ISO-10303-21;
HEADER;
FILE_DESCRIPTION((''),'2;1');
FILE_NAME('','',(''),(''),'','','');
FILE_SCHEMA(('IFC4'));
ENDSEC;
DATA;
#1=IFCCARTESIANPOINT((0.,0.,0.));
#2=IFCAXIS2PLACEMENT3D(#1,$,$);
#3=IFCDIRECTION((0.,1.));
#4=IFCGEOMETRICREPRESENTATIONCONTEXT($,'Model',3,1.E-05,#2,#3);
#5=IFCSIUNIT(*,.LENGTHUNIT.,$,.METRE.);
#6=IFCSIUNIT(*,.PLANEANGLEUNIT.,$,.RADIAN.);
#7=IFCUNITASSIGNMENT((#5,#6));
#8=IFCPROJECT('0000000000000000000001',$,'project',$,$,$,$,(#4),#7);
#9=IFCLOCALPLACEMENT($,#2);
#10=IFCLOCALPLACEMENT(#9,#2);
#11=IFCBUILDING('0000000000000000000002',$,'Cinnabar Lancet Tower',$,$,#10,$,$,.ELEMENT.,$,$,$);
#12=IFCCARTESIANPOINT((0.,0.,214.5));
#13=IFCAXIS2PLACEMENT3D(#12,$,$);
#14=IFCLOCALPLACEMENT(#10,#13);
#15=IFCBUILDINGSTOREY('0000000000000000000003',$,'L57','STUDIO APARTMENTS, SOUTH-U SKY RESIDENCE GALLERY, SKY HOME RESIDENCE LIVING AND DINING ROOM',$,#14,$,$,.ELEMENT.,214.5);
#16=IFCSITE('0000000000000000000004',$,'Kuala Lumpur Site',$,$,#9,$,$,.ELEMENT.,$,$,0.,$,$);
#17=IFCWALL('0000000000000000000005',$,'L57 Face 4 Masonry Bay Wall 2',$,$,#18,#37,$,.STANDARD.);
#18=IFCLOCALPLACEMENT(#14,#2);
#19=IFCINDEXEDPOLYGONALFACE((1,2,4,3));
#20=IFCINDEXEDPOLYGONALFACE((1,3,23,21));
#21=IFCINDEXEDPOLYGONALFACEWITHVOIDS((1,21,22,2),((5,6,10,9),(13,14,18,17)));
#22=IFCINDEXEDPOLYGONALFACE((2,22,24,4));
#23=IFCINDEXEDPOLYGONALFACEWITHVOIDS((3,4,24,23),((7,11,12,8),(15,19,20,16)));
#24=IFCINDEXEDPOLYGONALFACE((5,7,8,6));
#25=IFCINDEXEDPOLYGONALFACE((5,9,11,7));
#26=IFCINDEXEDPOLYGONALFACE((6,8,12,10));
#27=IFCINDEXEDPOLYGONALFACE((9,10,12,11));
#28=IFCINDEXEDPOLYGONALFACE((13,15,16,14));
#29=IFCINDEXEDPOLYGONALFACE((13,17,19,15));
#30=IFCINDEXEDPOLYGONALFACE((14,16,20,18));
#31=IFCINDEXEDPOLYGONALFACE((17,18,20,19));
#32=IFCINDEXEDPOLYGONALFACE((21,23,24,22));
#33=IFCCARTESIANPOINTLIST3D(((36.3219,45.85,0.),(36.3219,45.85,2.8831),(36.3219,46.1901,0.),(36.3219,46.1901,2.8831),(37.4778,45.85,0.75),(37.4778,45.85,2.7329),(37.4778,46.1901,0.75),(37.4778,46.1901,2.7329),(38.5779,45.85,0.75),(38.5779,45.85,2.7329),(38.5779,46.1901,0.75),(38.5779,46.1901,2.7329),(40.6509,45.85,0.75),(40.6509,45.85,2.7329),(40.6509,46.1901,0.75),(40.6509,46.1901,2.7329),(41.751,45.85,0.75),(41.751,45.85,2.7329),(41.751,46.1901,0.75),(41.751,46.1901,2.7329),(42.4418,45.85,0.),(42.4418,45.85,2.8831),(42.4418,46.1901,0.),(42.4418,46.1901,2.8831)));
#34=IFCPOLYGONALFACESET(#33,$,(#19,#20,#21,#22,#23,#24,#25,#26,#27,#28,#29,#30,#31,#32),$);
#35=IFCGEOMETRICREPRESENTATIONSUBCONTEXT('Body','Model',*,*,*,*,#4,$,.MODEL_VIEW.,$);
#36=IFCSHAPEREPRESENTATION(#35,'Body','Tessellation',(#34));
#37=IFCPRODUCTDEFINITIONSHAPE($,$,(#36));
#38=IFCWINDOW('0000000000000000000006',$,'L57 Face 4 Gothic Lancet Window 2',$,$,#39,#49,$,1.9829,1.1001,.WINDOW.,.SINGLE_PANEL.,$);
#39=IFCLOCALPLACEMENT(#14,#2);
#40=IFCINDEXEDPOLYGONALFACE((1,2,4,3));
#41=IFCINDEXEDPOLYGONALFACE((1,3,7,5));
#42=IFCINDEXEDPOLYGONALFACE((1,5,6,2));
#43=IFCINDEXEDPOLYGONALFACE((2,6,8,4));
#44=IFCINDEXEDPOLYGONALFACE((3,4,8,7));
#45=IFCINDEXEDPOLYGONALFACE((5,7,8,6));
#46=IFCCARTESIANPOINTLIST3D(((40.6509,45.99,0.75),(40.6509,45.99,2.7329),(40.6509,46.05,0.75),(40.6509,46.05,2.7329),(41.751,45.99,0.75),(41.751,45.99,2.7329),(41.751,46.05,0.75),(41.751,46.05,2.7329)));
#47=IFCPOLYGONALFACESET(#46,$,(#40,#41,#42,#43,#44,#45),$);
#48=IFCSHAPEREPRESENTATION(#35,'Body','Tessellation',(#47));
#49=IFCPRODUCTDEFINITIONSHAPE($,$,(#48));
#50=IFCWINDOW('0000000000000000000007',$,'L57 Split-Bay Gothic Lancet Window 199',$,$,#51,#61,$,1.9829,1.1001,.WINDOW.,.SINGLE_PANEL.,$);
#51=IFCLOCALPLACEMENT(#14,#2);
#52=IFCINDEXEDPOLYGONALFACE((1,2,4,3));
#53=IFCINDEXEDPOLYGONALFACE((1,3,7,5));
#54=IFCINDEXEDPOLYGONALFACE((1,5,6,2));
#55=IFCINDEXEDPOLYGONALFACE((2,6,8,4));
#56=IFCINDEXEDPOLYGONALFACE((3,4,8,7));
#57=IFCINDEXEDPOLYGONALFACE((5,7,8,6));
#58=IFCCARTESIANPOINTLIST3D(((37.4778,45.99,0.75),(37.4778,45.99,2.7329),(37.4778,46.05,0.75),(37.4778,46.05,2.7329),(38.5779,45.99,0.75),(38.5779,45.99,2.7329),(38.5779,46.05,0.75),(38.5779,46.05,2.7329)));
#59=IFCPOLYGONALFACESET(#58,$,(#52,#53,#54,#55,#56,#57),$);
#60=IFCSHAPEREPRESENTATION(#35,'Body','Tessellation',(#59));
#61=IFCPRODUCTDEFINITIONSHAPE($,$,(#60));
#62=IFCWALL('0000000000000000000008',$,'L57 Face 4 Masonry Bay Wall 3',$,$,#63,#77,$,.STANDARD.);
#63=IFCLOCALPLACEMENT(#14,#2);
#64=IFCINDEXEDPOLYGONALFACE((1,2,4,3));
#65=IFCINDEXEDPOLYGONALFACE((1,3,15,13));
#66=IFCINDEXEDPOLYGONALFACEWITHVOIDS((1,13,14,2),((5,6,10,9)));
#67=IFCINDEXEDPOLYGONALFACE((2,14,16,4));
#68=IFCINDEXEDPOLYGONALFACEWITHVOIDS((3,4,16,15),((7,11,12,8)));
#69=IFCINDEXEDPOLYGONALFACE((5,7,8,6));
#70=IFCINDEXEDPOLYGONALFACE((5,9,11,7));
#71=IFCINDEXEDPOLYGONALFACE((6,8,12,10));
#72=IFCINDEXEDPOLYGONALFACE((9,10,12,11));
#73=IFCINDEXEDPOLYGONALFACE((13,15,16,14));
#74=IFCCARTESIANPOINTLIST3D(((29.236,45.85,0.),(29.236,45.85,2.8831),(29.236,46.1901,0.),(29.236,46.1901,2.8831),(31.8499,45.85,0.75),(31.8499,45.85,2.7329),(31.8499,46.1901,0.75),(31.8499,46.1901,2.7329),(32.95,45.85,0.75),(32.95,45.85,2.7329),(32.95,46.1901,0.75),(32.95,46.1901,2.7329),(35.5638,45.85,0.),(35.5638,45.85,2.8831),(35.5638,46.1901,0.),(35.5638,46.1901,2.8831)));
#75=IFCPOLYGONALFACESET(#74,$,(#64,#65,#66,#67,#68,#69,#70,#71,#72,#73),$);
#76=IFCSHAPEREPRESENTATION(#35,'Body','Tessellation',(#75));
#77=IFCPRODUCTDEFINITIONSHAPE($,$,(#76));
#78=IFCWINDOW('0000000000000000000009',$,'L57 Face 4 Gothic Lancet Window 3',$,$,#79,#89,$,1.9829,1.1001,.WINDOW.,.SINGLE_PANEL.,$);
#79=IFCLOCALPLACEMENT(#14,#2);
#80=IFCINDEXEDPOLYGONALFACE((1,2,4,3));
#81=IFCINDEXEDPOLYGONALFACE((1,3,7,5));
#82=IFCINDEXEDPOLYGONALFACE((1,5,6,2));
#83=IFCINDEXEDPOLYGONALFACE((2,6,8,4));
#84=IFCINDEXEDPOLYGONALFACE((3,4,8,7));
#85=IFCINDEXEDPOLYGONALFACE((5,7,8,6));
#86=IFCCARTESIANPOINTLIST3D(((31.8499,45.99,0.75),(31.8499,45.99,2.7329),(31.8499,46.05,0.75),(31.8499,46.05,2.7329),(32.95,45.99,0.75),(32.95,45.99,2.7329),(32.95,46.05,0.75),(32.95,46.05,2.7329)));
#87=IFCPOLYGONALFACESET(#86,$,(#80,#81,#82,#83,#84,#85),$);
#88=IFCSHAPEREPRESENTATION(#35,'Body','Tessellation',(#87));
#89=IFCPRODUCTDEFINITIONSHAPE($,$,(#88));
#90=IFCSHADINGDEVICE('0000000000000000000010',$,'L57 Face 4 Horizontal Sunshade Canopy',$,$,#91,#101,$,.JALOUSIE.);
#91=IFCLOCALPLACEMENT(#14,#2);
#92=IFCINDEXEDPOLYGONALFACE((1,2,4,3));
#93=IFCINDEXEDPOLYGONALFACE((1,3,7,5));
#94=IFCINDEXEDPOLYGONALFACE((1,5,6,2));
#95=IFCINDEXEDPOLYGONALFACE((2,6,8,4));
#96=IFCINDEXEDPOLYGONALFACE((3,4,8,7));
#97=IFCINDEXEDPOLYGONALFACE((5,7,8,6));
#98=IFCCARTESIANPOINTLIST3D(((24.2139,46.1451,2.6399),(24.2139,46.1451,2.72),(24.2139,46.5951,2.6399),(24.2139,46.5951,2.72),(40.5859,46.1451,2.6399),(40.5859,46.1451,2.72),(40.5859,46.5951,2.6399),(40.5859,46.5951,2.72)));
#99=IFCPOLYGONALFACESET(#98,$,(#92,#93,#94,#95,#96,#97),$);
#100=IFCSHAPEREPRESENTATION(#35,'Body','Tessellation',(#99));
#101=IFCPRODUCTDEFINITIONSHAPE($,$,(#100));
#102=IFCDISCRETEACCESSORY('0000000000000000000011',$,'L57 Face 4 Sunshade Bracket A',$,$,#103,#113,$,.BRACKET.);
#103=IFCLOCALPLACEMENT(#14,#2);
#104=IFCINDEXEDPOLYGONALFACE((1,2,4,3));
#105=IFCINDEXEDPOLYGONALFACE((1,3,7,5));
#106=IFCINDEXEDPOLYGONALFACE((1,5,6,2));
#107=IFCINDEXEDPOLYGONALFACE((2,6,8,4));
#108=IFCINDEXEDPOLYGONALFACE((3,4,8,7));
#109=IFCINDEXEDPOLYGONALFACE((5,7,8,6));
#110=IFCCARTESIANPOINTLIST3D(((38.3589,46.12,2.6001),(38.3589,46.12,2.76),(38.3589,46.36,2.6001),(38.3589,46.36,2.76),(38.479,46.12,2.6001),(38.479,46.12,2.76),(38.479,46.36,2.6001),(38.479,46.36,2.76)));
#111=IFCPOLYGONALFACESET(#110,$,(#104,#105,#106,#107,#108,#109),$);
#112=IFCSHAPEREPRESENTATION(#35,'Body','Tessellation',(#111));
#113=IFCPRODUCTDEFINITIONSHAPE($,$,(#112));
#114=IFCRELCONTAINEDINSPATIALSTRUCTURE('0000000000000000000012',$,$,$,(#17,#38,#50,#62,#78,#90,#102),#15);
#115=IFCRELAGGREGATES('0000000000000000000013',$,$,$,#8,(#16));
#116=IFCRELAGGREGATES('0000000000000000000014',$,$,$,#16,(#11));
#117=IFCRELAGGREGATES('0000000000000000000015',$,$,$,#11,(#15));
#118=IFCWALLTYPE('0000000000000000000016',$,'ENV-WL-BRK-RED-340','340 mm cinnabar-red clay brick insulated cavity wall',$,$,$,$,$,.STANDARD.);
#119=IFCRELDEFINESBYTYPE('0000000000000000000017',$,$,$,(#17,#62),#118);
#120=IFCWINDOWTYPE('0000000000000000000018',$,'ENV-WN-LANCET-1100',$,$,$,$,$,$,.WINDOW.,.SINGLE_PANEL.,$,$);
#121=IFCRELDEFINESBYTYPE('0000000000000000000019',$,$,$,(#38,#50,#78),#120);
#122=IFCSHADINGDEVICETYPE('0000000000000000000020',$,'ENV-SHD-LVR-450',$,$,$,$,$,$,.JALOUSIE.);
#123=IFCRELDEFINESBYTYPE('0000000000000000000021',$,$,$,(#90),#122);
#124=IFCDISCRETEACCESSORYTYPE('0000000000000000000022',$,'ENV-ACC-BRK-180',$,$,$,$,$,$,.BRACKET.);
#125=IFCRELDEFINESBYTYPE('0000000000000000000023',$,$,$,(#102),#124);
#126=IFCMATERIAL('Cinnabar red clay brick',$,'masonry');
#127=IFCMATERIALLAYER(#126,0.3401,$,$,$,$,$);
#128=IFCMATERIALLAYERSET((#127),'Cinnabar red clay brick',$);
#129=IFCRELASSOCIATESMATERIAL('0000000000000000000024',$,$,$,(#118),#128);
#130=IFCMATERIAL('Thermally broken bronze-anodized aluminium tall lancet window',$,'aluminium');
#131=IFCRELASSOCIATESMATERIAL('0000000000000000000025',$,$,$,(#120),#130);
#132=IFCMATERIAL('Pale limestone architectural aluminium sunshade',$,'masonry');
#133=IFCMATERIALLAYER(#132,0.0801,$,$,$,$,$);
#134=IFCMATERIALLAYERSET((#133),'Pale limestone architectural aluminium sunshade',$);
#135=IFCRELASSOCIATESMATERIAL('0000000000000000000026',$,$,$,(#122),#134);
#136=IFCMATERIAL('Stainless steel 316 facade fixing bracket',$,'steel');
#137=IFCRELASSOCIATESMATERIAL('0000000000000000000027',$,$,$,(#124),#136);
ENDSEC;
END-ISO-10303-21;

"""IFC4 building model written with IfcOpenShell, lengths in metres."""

from ifc_helpers import new_model, si_unit, direction, frame, frame_2d, origin, origin_2d, place, context, subcontext, project, spatial, rectangle, extrude, material, layer, layer_set, type_object, element, fill, save


model = new_model("IFC4")

# Units and contexts
model_context = context("Model", 3, precision=1e-05, world=origin(), true_north=direction((0.0, 1.0)))
body_context = subcontext(model_context, "Body", "Model", "MODEL_VIEW")
ifc_project = project(units=[si_unit("LENGTHUNIT", "METRE"), si_unit("PLANEANGLEUNIT", "RADIAN")], contexts=[model_context])

# Site, building, storey
site_placement = place(None, origin())
site = spatial("IfcSite", under=ifc_project, at=site_placement, Name="Kuala Lumpur Site", CompositionType="ELEMENT", RefElevation=0.0)
building_placement = place(site_placement, origin())
building = spatial("IfcBuilding", under=site, at=building_placement, Name="Cinnabar Lancet Tower", CompositionType="ELEMENT")
storey_placement = place(building_placement, frame((0.0, 0.0, 214.5)))
storey = spatial("IfcBuildingStorey", under=building, at=storey_placement, Name="L57", Description="STUDIO APARTMENTS, SOUTH-U SKY RESIDENCE GALLERY, SKY HOME RESIDENCE LIVING AND DINING ROOM", CompositionType="ELEMENT", Elevation=214.5)

# Wall, openings, windows
ifc_material_1 = material(Name="Cinnabar red clay brick", Category="masonry")
ifc_layer_1 = layer(ifc_material_1, 0.3401)
ifc_layer_set_1 = layer_set([ifc_layer_1], Name="Cinnabar red clay brick")
wall_type_1 = type_object("IfcWallType", Name="ENV-WL-BRK-RED-340", Description="340 mm cinnabar-red clay brick insulated cavity wall", PredefinedType="STANDARD", material=ifc_layer_set_1)
wall_1_placement = place(storey_placement, frame((42.4419, 46.02, 0.0), z_axis=(0.0, 0.0, 1.0), x_axis=(-1.0, 0.0, 0.0)))
wall_1 = element("IfcWall", 1, at=wall_1_placement, inside=storey, type_object=wall_type_1, Name="L57 Face 4 Masonry Bay Wall 2", PredefinedType="STANDARD", context=body_context, shape_type="SweptSolid", body=[
    extrude(rectangle(XDim=6.1199, YDim=0.3401, at=frame_2d((3.0601, 0.0))), origin(), (0.0, 0.0, 1.0), 2.8831),
])
opening_1_placement = place(wall_1_placement, frame((0.6909, 0.0, 0.75)))
opening_1 = element("IfcOpeningElement", 2, at=opening_1_placement, cuts=wall_1, PredefinedType="OPENING", context=body_context, shape_type="SweptSolid", body=[
    extrude(rectangle(XDim=1.1001, YDim=1.9829, at=frame_2d((0.55, 0.9915))), frame((0.0, 0.1799, 0.0), z_axis=(0.0, -1.0, 0.0), x_axis=(1.0, 0.0, 0.0)), (0.0, 0.0, 1.0), 0.3601),
])
opening_2_placement = place(wall_1_placement, frame((3.864, 0.0, 0.75)))
opening_2 = element("IfcOpeningElement", 3, at=opening_2_placement, cuts=wall_1, PredefinedType="OPENING", context=body_context, shape_type="SweptSolid", body=[
    extrude(rectangle(XDim=1.1001, YDim=1.9829, at=frame_2d((0.55, 0.9915))), frame((0.0, 0.1799, 0.0), z_axis=(0.0, -1.0, 0.0), x_axis=(1.0, 0.0, 0.0)), (0.0, 0.0, 1.0), 0.3601),
])
ifc_material_2 = material(Name="Thermally broken bronze-anodized aluminium tall lancet window", Category="aluminium")
window_type = type_object("IfcWindowType", Name="ENV-WN-LANCET-1100", PartitioningType="SINGLE_PANEL", PredefinedType="WINDOW", material=ifc_material_2)
window_1_placement = place(opening_1_placement, origin())
window_1 = element("IfcWindow", 4, at=window_1_placement, inside=storey, type_object=window_type, Name="L57 Face 4 Gothic Lancet Window 2", OverallHeight=1.9829, OverallWidth=1.1001, PartitioningType="SINGLE_PANEL", PredefinedType="WINDOW", context=body_context, shape_type="SweptSolid", body=[
    extrude(rectangle(XDim=1.1001, YDim=1.9829, at=frame_2d((0.55, 0.9915))), frame((0.0, 0.03, 0.0), z_axis=(0.0, -1.0, 0.0), x_axis=(1.0, 0.0, 0.0)), (0.0, 0.0, 1.0), 0.0601),
])
fill(opening_1, window_1)
window_2_placement = place(opening_2_placement, origin())
window_2 = element("IfcWindow", 5, at=window_2_placement, inside=storey, type_object=window_type, Name="L57 Split-Bay Gothic Lancet Window 199", OverallHeight=1.9829, OverallWidth=1.1001, PartitioningType="SINGLE_PANEL", PredefinedType="WINDOW", context=body_context, shape_type="SweptSolid", body=[
    extrude(rectangle(XDim=1.1001, YDim=1.9829, at=frame_2d((0.55, 0.9915))), frame((0.0, 0.03, 0.0), z_axis=(0.0, -1.0, 0.0), x_axis=(1.0, 0.0, 0.0)), (0.0, 0.0, 1.0), 0.0601),
])
fill(opening_2, window_2)

# Wall, opening, window
wall_2_placement = place(storey_placement, frame((35.564, 46.02, 0.0), z_axis=(0.0, 0.0, 1.0), x_axis=(-1.0, 0.0, 0.0)))
wall_2 = element("IfcWall", 6, at=wall_2_placement, inside=storey, type_object=wall_type_1, Name="L57 Face 4 Masonry Bay Wall 3", PredefinedType="STANDARD", context=body_context, shape_type="SweptSolid", body=[
    extrude(rectangle(XDim=6.3279, YDim=0.3401, at=frame_2d((3.1641, 0.0))), origin(), (0.0, 0.0, 1.0), 2.8831),
])
opening_3_placement = place(wall_2_placement, frame((2.614, 0.0, 0.75)))
opening_3 = element("IfcOpeningElement", 7, at=opening_3_placement, cuts=wall_2, PredefinedType="OPENING", context=body_context, shape_type="SweptSolid", body=[
    extrude(rectangle(XDim=1.1001, YDim=1.9829, at=frame_2d((0.55, 0.9915))), frame((0.0, 0.1799, 0.0), z_axis=(0.0, -1.0, 0.0), x_axis=(1.0, 0.0, 0.0)), (0.0, 0.0, 1.0), 0.3601),
])
window_3_placement = place(opening_3_placement, origin())
window_3 = element("IfcWindow", 8, at=window_3_placement, inside=storey, type_object=window_type, Name="L57 Face 4 Gothic Lancet Window 3", OverallHeight=1.9829, OverallWidth=1.1001, PartitioningType="SINGLE_PANEL", PredefinedType="WINDOW", context=body_context, shape_type="SweptSolid", body=[
    extrude(rectangle(XDim=1.1001, YDim=1.9829, at=frame_2d((0.55, 0.9915))), frame((0.0, 0.03, 0.0), z_axis=(0.0, -1.0, 0.0), x_axis=(1.0, 0.0, 0.0)), (0.0, 0.0, 1.0), 0.0601),
])
fill(opening_3, window_3)

# Shading device
ifc_material_3 = material(Name="Pale limestone architectural aluminium sunshade", Category="masonry")
ifc_layer_2 = layer(ifc_material_3, 0.0801)
ifc_layer_set_2 = layer_set([ifc_layer_2], Name="Pale limestone architectural aluminium sunshade")
shading_device_type = type_object("IfcShadingDeviceType", Name="ENV-SHD-LVR-450", PredefinedType="JALOUSIE", material=ifc_layer_set_2)
shading_device_placement = place(storey_placement, frame((32.3999, 46.3701, 2.6399), z_axis=(0.0, 0.0, 1.0), x_axis=(-1.0, 0.0, 0.0)))
element("IfcShadingDevice", 9, at=shading_device_placement, inside=storey, type_object=shading_device_type, Name="L57 Face 4 Horizontal Sunshade Canopy", PredefinedType="JALOUSIE", context=body_context, shape_type="SweptSolid", body=[
    extrude(rectangle(XDim=16.3721, YDim=0.45, at=origin_2d()), origin(), (0.0, 0.0, 1.0), 0.0801),
])

# Discrete accessory
ifc_material_4 = material(Name="Stainless steel 316 facade fixing bracket", Category="steel")
discrete_accessory_type = type_object("IfcDiscreteAccessoryType", Name="ENV-ACC-BRK-180", PredefinedType="BRACKET", material=ifc_material_4)
discrete_accessory_placement = place(storey_placement, frame((38.4189, 46.24, 2.6001), z_axis=(0.0, 0.0, 1.0), x_axis=(-1.0, 0.0, 0.0)))
element("IfcDiscreteAccessory", 10, at=discrete_accessory_placement, inside=storey, type_object=discrete_accessory_type, Name="L57 Face 4 Sunshade Bracket A", PredefinedType="BRACKET", context=body_context, shape_type="SweptSolid", body=[
    extrude(rectangle(XDim=0.1201, YDim=0.24, at=origin_2d()), origin(), (0.0, 0.0, 1.0), 0.1599),
])

save(model, "model.ifc")
